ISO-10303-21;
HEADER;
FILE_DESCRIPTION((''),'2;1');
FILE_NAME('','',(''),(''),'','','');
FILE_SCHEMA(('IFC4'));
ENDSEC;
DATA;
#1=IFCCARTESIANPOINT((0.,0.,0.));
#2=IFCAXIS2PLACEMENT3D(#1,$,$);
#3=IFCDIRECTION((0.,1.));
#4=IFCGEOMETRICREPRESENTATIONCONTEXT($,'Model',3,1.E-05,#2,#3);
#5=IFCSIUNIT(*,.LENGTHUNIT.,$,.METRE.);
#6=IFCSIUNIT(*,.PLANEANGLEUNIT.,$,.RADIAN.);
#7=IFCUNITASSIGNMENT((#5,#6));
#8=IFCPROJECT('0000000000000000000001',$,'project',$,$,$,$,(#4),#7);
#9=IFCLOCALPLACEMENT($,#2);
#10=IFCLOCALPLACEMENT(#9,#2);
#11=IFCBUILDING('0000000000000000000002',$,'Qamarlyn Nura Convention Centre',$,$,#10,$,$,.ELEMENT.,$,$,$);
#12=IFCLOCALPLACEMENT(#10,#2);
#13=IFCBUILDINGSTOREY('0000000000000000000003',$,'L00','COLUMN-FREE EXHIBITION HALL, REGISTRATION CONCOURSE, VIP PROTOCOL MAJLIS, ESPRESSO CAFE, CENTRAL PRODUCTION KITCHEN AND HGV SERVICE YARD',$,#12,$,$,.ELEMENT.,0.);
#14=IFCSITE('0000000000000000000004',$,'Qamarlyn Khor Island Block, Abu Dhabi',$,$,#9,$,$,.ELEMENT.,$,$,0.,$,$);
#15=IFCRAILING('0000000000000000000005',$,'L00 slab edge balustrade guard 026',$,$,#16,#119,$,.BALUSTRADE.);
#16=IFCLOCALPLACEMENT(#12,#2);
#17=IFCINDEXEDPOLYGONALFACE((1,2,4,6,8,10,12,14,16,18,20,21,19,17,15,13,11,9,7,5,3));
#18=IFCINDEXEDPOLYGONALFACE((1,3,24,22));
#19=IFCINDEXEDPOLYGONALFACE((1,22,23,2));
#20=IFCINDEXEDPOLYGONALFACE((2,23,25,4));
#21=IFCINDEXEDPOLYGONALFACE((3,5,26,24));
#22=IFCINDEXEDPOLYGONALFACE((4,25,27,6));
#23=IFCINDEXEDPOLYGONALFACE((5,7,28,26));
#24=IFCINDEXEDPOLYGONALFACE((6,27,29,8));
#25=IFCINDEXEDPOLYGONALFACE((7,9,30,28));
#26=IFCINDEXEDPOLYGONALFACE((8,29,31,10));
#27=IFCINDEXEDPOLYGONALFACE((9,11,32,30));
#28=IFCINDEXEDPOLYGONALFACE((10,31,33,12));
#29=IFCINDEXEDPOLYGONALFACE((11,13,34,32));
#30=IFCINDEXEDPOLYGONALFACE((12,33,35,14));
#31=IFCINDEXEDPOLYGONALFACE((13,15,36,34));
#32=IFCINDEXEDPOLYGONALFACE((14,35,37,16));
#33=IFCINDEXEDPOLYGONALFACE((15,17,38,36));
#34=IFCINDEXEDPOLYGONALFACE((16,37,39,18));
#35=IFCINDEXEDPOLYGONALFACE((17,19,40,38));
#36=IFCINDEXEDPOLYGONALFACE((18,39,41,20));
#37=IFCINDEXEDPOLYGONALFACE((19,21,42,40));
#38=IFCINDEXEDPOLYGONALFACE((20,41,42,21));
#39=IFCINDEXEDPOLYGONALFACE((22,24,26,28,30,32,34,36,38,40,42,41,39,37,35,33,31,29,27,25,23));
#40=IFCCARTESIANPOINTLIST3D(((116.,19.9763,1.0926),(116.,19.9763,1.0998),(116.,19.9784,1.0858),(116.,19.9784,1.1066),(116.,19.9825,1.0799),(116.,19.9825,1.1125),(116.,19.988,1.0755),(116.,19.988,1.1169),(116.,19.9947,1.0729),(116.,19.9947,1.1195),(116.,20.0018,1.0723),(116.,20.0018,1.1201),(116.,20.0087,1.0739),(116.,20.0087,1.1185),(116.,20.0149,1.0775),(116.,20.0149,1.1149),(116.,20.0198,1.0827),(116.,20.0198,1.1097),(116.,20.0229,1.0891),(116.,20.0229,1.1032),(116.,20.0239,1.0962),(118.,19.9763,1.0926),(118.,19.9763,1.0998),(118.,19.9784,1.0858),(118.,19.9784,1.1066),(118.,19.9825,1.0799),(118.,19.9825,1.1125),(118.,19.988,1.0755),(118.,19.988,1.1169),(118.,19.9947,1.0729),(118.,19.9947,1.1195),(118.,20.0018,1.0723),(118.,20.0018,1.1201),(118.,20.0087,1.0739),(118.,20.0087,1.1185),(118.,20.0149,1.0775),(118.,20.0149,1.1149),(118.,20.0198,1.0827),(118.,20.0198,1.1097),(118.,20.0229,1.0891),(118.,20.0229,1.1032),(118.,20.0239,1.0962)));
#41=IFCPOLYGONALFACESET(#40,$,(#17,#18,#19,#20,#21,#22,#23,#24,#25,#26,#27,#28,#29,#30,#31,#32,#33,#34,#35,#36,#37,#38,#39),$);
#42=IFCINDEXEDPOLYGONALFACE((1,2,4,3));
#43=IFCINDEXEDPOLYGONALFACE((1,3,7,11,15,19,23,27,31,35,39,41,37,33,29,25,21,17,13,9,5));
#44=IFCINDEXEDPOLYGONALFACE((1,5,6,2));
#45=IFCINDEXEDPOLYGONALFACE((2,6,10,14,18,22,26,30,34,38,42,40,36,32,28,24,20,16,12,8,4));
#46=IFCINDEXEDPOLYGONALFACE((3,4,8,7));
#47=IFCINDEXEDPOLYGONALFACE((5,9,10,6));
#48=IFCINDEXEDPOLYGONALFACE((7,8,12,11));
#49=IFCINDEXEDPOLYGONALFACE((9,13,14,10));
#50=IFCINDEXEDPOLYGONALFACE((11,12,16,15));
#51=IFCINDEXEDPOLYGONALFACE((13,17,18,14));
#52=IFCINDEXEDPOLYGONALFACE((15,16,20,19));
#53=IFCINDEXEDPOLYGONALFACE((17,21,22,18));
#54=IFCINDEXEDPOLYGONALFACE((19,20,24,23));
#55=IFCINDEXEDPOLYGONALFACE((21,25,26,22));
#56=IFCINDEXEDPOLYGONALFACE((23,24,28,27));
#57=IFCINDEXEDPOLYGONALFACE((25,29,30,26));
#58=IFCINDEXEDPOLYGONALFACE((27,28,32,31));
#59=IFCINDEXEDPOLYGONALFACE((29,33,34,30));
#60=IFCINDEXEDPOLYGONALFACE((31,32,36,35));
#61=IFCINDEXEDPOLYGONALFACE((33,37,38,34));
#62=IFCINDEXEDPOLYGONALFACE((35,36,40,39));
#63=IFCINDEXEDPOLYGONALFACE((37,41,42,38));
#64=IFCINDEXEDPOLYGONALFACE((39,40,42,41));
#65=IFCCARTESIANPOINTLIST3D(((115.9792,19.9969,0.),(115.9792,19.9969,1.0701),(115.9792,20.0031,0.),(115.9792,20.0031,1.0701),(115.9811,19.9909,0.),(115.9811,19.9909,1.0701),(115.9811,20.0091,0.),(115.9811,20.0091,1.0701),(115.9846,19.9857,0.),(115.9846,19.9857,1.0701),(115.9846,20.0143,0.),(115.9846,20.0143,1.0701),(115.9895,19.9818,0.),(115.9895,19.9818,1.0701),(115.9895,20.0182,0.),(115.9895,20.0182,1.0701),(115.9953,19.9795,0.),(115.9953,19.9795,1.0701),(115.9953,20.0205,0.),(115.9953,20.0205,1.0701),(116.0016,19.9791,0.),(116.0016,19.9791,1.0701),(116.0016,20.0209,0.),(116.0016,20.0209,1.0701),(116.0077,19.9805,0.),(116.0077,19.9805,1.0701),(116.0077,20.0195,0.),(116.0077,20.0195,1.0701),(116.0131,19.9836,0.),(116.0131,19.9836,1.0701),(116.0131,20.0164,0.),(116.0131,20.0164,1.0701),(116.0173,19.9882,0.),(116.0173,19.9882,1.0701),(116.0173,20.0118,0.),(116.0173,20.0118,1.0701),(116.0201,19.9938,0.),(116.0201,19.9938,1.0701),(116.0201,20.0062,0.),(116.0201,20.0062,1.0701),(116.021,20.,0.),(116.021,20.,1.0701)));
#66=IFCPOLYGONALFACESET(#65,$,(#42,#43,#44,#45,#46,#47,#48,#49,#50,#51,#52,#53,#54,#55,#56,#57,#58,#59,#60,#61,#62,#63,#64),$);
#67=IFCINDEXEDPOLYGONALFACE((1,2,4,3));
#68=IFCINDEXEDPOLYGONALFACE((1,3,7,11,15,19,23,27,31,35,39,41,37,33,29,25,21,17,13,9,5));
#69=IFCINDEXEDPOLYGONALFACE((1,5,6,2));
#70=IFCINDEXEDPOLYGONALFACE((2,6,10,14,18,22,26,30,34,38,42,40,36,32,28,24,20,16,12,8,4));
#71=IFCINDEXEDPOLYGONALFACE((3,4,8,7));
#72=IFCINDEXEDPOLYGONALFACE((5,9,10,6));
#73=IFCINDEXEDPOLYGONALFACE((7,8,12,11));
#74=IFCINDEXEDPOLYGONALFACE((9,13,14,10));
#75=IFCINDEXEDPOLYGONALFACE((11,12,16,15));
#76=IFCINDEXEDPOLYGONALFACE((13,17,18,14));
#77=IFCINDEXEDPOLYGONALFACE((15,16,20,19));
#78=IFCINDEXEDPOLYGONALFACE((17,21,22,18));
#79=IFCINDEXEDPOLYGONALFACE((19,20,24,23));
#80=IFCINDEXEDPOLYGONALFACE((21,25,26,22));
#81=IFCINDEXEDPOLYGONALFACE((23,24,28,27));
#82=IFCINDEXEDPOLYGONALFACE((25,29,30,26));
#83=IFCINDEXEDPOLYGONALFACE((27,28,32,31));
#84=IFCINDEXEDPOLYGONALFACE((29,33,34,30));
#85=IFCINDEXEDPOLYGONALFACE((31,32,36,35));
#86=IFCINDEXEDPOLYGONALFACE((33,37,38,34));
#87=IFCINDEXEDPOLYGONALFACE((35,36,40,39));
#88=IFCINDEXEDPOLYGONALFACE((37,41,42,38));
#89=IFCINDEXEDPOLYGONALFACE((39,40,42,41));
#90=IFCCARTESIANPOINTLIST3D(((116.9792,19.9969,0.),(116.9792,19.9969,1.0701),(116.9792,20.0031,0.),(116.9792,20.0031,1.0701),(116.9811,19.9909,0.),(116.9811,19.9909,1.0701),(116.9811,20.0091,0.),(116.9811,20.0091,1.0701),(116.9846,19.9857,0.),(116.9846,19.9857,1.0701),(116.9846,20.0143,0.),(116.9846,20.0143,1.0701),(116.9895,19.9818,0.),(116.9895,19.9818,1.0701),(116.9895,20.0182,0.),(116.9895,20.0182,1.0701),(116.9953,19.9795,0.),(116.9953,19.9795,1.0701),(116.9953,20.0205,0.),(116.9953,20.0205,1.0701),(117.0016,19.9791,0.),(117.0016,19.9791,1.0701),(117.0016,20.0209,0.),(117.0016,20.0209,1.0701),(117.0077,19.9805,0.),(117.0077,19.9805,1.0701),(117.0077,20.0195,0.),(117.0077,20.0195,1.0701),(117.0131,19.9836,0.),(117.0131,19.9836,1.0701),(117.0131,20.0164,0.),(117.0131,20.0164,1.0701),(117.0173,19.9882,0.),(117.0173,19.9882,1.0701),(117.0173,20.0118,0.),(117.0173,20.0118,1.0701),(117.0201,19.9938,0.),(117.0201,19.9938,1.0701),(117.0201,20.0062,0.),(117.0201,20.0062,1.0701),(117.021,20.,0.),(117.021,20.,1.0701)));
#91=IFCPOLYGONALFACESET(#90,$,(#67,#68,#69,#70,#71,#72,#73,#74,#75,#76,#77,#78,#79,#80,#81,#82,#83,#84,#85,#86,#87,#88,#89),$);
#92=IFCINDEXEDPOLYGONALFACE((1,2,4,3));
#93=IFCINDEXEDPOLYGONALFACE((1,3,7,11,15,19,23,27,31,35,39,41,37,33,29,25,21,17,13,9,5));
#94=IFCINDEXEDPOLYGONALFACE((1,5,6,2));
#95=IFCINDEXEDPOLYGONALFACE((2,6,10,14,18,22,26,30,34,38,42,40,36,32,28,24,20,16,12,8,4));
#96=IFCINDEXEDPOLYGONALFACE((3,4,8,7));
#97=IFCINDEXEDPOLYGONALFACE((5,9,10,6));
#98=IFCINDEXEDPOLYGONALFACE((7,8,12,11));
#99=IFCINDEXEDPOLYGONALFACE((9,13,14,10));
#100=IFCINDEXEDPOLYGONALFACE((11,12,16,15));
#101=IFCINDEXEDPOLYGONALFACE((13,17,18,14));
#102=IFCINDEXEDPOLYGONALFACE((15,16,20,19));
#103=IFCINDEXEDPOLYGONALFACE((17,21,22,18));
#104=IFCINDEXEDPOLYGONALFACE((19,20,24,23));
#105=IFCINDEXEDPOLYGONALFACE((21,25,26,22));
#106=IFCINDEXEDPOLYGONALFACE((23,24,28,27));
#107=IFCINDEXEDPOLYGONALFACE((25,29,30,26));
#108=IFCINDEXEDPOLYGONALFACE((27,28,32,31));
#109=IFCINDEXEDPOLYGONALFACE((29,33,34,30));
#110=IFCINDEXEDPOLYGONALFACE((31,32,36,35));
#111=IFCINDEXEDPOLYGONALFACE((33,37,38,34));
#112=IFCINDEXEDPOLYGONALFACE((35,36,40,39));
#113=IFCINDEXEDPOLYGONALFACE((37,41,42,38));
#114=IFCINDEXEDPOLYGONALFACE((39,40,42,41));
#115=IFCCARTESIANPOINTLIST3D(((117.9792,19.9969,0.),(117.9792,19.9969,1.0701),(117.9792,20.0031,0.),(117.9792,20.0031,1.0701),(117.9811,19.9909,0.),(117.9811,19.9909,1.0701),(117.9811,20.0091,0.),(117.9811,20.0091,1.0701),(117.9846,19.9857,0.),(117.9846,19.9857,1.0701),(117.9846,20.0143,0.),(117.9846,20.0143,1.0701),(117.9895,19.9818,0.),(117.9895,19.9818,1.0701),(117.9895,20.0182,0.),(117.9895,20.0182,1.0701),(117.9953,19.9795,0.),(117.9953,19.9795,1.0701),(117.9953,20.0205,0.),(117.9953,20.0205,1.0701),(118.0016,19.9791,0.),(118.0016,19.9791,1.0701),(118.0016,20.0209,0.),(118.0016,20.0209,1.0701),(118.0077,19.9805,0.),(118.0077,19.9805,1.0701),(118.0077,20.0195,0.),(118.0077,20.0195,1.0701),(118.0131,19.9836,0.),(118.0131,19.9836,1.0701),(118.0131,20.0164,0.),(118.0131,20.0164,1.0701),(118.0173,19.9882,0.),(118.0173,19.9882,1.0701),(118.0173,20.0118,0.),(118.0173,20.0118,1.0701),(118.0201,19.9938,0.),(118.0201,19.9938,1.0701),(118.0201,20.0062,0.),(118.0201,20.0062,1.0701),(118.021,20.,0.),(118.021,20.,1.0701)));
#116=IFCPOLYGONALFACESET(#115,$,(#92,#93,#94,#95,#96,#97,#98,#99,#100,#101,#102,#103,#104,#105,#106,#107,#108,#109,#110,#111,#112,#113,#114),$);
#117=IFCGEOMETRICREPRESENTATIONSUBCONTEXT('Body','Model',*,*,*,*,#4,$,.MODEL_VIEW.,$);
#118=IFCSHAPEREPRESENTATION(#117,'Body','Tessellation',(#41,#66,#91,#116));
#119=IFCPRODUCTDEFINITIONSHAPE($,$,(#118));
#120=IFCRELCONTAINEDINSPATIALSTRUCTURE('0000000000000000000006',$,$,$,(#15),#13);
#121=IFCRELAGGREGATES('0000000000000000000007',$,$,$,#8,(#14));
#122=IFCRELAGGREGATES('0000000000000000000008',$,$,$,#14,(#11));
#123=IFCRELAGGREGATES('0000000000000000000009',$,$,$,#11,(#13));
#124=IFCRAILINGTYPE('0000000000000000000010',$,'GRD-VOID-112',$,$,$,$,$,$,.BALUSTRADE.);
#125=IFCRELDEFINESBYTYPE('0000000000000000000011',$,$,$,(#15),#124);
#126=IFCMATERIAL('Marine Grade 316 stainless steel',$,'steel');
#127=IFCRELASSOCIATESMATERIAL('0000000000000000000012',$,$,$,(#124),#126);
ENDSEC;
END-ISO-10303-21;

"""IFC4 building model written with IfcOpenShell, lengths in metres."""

from ifc_helpers import new_model, si_unit, direction, frame, origin, origin_2d, place, context, subcontext, project, spatial, circle, extrude, material, type_object, element, save


model = new_model("IFC4")

# Units and contexts
model_context = context("Model", 3, precision=1e-05, world=origin(), true_north=direction((0.0, 1.0)))
body_context = subcontext(model_context, "Body", "Model", "MODEL_VIEW")
ifc_project = project(units=[si_unit("LENGTHUNIT", "METRE"), si_unit("PLANEANGLEUNIT", "RADIAN")], contexts=[model_context])

# Site, building, storey
site_placement = place(None, origin())
site = spatial("IfcSite", under=ifc_project, at=site_placement, Name="Qamarlyn Khor Island Block, Abu Dhabi", CompositionType="ELEMENT", RefElevation=0.0)
building_placement = place(site_placement, origin())
building = spatial("IfcBuilding", under=site, at=building_placement, Name="Qamarlyn Nura Convention Centre", CompositionType="ELEMENT")
storey_placement = place(building_placement, origin())
storey = spatial("IfcBuildingStorey", under=building, at=storey_placement, Name="L00", Description="COLUMN-FREE EXHIBITION HALL, REGISTRATION CONCOURSE, VIP PROTOCOL MAJLIS, ESPRESSO CAFE, CENTRAL PRODUCTION KITCHEN AND HGV SERVICE YARD", CompositionType="ELEMENT", Elevation=0.0)

# Railing
ifc_material_1 = material(Name="Marine Grade 316 stainless steel", Category="steel")
railing_type_1 = type_object("IfcRailingType", Name="GRD-VOID-112", PredefinedType="BALUSTRADE", material=ifc_material_1)
railing_1_placement = place(storey_placement, frame((116.0, 20.0, 0.0)))
element("IfcRailing", 1, at=railing_1_placement, inside=storey, type_object=railing_type_1, Name="L00 slab edge balustrade guard 026", PredefinedType="BALUSTRADE", context=body_context, shape_type="SweptSolid", body=[
    extrude(circle(Radius=0.0239, at=origin_2d()), frame((0.0, 0.0, 1.0962), z_axis=(1.0, 0.0, 0.0), x_axis=(0.0, 1.0, 0.0)), (0.0, 0.0, 1.0), 2.0),
    extrude(circle(Radius=0.021, at=origin_2d()), origin(), (0.0, 0.0, 1.0), 1.0701),
    extrude(circle(Radius=0.021, at=origin_2d()), frame((1.0, 0.0, 0.0)), (0.0, 0.0, 1.0), 1.0701),
    extrude(circle(Radius=0.021, at=origin_2d()), frame((2.0, 0.0, 0.0)), (0.0, 0.0, 1.0), 1.0701),
])

save(model, "model.ifc")
